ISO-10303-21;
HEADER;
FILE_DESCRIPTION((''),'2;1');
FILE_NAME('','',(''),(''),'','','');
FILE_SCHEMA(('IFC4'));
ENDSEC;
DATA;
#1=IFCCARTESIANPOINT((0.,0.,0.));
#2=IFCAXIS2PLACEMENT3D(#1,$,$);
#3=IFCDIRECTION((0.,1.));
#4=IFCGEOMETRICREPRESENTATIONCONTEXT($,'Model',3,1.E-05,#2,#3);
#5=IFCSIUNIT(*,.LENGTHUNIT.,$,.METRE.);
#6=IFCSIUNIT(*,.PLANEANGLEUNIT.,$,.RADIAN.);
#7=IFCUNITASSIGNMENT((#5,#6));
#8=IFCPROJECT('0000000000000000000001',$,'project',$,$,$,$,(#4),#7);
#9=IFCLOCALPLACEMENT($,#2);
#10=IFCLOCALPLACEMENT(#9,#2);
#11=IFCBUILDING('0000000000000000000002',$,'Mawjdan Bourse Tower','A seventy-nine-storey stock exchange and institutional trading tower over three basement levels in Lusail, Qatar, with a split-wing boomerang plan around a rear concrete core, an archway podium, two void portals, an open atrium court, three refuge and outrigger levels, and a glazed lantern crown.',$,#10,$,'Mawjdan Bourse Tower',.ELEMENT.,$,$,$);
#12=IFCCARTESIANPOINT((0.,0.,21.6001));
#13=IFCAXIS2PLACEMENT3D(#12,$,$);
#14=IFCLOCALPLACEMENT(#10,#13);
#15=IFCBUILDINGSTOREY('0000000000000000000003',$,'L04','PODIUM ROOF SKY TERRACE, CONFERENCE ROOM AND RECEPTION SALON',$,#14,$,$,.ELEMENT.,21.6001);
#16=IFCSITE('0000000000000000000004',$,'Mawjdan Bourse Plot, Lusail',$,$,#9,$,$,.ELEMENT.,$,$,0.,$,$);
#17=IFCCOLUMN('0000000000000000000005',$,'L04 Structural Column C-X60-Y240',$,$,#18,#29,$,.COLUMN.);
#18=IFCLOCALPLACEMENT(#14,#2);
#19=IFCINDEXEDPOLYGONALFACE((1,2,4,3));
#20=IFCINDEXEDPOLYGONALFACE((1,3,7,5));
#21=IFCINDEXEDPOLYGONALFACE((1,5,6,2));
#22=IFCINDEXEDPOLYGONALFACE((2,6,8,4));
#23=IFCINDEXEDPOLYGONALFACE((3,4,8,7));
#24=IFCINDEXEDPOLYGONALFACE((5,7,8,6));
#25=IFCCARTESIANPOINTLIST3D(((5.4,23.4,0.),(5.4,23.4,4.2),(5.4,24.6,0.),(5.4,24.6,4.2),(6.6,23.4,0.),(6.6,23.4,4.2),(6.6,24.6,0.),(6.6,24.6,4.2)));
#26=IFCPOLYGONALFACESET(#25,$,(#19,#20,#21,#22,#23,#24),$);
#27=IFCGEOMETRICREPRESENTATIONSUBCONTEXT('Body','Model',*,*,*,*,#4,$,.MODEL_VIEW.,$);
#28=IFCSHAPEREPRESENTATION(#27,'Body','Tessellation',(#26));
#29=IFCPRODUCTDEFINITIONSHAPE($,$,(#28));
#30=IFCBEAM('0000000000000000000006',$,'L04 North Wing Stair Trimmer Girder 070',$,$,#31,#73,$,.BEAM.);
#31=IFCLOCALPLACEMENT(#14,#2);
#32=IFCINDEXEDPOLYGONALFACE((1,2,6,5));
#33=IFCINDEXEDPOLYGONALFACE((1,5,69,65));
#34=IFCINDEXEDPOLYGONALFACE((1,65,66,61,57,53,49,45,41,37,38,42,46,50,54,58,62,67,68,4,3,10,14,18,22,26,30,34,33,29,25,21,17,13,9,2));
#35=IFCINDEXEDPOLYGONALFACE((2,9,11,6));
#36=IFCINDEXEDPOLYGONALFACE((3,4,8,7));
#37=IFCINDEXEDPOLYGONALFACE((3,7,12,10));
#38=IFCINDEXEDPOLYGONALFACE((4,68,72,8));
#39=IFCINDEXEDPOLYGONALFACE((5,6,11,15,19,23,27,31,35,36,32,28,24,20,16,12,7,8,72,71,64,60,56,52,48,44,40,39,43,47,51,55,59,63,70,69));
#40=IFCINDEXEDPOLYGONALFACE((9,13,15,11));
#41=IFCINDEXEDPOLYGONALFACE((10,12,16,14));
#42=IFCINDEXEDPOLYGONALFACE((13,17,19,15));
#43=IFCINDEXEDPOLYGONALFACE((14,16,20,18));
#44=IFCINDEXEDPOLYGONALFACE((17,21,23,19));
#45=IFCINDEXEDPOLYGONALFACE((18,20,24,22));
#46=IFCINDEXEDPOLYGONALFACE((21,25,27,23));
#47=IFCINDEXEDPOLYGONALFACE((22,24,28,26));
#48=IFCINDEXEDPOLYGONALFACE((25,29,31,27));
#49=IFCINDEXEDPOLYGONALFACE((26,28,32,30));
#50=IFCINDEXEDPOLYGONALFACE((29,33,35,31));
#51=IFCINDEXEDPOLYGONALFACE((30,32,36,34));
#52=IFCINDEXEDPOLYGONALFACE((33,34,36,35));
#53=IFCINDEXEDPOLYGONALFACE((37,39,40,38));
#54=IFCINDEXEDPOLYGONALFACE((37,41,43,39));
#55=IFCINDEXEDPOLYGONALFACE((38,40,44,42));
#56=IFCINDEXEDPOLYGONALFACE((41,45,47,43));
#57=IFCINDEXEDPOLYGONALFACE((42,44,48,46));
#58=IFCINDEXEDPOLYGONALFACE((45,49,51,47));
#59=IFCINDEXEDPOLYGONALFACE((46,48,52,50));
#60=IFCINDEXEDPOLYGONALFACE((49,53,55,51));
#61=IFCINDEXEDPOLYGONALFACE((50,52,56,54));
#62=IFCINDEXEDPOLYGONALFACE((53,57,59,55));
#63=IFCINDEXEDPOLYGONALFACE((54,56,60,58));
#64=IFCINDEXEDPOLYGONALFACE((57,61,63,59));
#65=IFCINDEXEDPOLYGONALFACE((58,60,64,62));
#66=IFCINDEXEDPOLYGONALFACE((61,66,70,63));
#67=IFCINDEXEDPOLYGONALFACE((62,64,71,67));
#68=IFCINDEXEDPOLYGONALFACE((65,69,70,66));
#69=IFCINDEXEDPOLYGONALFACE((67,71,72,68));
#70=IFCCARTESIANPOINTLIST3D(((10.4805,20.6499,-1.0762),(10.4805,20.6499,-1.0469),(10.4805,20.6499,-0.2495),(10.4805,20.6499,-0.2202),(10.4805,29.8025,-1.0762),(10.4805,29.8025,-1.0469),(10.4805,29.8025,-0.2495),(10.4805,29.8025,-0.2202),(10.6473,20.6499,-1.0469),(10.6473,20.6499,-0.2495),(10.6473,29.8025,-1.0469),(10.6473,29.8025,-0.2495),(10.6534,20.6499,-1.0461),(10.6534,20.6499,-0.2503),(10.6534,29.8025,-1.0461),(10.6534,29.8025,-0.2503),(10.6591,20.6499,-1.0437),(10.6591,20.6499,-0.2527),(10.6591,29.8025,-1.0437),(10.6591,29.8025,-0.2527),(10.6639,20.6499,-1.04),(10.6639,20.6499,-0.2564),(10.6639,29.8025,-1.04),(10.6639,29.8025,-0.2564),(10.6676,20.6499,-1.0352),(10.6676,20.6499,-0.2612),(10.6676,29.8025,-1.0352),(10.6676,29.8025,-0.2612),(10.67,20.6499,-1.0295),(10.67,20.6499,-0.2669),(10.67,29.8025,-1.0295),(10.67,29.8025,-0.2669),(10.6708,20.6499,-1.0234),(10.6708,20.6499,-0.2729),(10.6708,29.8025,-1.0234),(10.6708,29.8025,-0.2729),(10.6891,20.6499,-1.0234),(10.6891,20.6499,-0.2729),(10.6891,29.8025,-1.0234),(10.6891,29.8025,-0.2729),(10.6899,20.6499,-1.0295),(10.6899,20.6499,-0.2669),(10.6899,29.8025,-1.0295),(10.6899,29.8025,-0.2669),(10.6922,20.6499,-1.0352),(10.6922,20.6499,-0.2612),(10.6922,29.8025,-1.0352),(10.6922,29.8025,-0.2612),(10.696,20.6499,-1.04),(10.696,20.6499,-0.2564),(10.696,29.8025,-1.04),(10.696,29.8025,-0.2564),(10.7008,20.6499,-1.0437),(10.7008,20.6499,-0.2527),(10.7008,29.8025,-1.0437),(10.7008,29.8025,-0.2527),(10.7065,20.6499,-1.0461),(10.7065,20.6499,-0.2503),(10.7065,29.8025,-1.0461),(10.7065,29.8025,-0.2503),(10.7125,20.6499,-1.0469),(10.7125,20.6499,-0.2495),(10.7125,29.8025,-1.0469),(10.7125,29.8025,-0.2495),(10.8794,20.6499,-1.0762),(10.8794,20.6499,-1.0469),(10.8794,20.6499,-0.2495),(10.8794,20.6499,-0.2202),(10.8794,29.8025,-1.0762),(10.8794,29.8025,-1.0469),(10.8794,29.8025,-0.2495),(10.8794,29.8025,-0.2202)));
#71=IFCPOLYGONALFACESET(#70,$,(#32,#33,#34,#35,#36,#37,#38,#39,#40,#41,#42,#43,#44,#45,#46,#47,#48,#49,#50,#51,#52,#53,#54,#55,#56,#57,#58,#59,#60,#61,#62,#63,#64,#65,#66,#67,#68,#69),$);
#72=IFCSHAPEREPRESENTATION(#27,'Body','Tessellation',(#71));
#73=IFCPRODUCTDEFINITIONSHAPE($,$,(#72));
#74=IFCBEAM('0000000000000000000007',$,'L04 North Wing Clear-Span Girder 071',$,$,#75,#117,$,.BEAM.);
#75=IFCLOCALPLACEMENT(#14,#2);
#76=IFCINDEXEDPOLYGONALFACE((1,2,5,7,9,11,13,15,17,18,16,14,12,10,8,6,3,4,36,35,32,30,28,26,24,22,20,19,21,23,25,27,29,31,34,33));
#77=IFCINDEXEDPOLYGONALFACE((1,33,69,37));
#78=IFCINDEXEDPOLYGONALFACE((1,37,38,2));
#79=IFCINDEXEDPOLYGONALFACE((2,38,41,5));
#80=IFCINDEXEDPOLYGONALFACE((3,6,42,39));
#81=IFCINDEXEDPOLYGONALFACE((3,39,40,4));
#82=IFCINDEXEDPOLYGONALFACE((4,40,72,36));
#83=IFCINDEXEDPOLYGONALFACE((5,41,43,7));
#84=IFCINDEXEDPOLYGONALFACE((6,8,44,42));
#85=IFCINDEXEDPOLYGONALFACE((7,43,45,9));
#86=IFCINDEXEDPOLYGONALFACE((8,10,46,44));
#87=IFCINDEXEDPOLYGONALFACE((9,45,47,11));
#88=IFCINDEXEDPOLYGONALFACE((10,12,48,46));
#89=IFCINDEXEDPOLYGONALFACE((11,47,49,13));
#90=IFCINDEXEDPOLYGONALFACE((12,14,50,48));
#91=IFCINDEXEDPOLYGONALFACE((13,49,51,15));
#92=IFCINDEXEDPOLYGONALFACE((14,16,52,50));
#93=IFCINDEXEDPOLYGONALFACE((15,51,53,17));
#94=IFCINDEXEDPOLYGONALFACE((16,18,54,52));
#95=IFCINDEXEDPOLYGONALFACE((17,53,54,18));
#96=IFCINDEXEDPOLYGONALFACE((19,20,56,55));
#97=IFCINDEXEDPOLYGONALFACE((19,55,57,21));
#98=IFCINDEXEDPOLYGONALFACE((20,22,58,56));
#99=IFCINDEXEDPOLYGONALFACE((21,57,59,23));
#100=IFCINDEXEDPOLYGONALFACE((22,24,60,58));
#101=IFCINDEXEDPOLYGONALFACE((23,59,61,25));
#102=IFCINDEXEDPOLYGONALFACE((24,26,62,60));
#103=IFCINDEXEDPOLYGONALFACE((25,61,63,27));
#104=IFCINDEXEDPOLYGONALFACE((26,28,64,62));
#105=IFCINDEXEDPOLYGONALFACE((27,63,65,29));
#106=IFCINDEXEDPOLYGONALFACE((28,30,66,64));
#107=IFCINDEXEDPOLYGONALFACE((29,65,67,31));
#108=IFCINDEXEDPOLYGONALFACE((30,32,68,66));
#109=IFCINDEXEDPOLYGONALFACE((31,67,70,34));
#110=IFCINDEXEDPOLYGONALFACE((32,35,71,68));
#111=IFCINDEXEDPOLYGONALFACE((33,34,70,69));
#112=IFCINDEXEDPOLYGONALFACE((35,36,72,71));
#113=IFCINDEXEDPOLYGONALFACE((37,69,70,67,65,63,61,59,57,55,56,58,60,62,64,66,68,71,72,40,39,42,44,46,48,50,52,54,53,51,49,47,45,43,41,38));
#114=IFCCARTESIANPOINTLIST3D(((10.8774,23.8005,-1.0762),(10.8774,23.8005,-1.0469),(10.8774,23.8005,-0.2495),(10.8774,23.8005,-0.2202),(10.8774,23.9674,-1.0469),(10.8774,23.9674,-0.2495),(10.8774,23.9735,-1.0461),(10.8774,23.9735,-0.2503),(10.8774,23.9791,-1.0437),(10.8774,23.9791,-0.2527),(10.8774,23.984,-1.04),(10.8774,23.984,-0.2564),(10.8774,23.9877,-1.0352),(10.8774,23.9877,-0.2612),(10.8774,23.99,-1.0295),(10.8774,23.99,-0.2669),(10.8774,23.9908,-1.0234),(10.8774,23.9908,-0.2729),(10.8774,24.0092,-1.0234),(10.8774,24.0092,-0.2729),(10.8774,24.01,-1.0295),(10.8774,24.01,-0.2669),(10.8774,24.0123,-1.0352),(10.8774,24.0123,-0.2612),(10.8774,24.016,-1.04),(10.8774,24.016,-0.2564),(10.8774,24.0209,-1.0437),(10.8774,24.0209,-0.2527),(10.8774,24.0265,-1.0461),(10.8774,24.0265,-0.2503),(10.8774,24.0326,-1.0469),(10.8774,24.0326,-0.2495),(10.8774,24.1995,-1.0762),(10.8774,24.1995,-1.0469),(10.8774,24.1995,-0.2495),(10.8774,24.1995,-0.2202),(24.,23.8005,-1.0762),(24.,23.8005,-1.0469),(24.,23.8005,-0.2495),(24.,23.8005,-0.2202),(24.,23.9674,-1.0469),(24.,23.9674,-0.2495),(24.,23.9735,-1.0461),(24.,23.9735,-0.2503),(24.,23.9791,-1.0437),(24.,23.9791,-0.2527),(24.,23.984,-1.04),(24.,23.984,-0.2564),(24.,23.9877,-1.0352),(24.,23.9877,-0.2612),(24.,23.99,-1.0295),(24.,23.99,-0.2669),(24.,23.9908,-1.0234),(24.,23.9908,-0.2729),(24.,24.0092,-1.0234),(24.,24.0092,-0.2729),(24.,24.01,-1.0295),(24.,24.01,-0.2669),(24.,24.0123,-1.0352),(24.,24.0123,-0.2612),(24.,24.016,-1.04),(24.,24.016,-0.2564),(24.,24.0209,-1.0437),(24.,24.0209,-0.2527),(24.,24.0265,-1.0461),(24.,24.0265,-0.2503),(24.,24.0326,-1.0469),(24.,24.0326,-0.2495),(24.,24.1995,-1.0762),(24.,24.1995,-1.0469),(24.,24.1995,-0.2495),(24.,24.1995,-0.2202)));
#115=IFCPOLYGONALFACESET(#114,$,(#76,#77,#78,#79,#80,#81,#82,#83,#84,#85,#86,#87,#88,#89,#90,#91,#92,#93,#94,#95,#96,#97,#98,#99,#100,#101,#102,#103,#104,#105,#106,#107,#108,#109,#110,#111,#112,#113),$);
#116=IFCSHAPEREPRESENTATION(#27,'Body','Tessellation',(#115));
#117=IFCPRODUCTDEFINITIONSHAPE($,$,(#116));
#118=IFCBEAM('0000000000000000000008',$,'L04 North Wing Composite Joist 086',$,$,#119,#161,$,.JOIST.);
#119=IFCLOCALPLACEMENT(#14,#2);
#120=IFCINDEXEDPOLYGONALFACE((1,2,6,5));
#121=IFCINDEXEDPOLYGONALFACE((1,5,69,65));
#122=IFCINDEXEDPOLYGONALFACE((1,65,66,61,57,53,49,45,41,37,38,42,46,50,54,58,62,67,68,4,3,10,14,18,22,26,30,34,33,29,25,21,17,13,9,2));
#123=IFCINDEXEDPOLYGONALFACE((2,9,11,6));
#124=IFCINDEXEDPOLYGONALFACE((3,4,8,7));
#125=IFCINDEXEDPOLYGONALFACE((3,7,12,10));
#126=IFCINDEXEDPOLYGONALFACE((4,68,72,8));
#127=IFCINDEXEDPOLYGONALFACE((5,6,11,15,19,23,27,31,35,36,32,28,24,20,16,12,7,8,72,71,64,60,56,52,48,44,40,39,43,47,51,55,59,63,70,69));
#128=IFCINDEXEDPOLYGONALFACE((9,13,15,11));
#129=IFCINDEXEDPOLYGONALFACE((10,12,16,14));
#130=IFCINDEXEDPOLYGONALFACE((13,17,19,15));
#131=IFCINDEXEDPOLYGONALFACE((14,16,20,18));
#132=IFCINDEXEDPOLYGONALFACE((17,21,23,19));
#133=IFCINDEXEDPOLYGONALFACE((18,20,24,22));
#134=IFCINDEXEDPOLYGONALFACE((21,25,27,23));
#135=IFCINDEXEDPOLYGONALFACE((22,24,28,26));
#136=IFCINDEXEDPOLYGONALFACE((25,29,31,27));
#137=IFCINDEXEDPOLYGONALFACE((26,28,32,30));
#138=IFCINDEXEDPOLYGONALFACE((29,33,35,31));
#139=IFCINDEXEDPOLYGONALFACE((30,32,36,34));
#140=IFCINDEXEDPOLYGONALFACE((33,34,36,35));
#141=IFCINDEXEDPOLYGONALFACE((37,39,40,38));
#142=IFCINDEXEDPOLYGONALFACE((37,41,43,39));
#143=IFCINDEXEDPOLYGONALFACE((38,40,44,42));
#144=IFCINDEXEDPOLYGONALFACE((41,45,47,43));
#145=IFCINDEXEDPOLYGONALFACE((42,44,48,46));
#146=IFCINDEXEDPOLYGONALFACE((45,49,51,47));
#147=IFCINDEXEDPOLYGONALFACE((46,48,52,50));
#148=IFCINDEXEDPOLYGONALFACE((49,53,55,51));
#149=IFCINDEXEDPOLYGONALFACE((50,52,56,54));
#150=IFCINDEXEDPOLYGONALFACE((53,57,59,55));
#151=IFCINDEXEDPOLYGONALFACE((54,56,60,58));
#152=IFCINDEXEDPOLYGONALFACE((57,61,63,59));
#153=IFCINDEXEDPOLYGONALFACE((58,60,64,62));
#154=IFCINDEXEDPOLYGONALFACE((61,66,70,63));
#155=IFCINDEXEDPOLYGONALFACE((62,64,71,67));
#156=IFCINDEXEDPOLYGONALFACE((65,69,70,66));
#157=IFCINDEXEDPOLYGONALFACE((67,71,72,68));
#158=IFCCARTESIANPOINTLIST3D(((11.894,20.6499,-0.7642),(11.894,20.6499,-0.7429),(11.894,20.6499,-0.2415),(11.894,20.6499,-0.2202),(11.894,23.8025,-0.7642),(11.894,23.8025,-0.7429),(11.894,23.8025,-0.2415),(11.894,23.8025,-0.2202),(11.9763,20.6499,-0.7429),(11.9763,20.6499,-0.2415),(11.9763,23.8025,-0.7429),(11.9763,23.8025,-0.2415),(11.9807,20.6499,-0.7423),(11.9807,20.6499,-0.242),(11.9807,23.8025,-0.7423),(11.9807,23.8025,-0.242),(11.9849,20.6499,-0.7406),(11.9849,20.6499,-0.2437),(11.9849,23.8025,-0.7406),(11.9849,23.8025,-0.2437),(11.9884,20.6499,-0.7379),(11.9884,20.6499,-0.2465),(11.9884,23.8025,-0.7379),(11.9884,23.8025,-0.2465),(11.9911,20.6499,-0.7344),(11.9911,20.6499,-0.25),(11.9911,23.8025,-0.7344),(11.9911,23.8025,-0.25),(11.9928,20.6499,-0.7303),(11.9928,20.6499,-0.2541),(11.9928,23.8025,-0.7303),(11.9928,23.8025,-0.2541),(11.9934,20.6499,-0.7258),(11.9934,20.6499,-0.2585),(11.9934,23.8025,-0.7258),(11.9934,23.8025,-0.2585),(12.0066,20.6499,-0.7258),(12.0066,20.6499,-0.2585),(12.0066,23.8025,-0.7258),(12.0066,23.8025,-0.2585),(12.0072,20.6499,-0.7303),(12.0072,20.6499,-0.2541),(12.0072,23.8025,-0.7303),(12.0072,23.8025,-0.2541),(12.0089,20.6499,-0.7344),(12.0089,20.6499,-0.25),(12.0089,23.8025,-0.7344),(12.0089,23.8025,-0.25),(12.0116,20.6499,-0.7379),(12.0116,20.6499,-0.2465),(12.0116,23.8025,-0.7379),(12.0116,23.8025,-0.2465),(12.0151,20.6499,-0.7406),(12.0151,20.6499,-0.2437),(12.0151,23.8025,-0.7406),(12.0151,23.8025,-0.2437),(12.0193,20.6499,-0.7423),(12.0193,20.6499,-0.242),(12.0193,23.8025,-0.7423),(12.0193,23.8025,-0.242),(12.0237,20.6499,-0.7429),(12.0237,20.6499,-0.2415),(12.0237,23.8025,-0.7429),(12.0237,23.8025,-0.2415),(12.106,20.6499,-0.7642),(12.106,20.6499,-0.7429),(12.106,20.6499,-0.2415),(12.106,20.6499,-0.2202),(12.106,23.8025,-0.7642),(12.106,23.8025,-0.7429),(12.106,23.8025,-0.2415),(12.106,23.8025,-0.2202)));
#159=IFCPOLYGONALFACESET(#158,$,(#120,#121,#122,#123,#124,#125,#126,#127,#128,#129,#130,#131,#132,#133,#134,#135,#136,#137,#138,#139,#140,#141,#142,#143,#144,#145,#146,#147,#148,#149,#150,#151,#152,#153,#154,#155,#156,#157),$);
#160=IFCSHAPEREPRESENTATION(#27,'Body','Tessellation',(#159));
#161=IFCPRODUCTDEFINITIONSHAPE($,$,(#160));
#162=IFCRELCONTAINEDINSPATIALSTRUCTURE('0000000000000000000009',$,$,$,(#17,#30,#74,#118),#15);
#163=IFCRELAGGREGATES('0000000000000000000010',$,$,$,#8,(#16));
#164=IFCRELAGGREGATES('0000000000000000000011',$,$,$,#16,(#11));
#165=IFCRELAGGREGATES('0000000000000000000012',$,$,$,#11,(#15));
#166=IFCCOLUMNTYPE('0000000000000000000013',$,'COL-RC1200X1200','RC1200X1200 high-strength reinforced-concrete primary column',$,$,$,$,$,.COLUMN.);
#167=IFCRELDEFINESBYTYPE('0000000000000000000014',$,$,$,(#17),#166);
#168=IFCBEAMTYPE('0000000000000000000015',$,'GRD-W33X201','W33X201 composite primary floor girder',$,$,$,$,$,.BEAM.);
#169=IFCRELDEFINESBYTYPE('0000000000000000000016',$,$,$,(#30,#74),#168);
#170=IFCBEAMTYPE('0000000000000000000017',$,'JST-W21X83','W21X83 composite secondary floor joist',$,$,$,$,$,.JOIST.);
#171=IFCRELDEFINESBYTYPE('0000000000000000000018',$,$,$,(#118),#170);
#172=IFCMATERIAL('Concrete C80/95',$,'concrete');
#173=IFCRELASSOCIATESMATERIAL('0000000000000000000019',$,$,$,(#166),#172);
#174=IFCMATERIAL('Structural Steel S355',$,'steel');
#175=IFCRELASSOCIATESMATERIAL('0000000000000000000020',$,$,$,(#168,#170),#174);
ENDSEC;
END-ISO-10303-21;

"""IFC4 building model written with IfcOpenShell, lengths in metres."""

from ifc_helpers import new_model, si_unit, direction, frame, origin, origin_2d, place, context, subcontext, project, spatial, rectangle, i_section, extrude, material, material_profile, profile_set, type_object, element, save


model = new_model("IFC4")

# Units and contexts
model_context = context("Model", 3, precision=1e-05, world=origin(), true_north=direction((0.0, 1.0)))
body_context = subcontext(model_context, "Body", "Model", "MODEL_VIEW")
ifc_project = project(units=[si_unit("LENGTHUNIT", "METRE"), si_unit("PLANEANGLEUNIT", "RADIAN")], contexts=[model_context])

# Site, building, storey
site_placement = place(None, origin())
site = spatial("IfcSite", under=ifc_project, at=site_placement, Name="Mawjdan Bourse Plot, Lusail", CompositionType="ELEMENT", RefElevation=0.0)
building_placement = place(site_placement, origin())
building = spatial("IfcBuilding", under=site, at=building_placement, Name="Mawjdan Bourse Tower", Description="A seventy-nine-storey stock exchange and institutional trading tower over three basement levels in Lusail, Qatar, with a split-wing boomerang plan around a rear concrete core, an archway podium, two void portals, an open atrium court, three refuge and outrigger levels, and a glazed lantern crown.", LongName="Mawjdan Bourse Tower", CompositionType="ELEMENT")
storey_placement = place(building_placement, frame((0.0, 0.0, 21.6001)))
storey = spatial("IfcBuildingStorey", under=building, at=storey_placement, Name="L04", Description="PODIUM ROOF SKY TERRACE, CONFERENCE ROOM AND RECEPTION SALON", CompositionType="ELEMENT", Elevation=21.6001)

# Column
ifc_material_1 = material(Name="Concrete C80/95", Category="concrete")
ifc_material_profile_1 = material_profile(ifc_material_1, rectangle(XDim=1.2, YDim=1.2, at=origin_2d()), Name="RC1200X1200")
ifc_profile_set_1 = profile_set([ifc_material_profile_1], Name="Concrete C80/95")
column_type = type_object("IfcColumnType", Name="COL-RC1200X1200", Description="RC1200X1200 high-strength reinforced-concrete primary column", PredefinedType="COLUMN", material=ifc_profile_set_1)
column_placement = place(storey_placement, frame((6.0, 24.0, 0.0), z_axis=(0.0, 0.0, 1.0), x_axis=(1.0, 0.0, 0.0)))
element("IfcColumn", 1, at=column_placement, inside=storey, type_object=column_type, Name="L04 Structural Column C-X60-Y240", PredefinedType="COLUMN", context=body_context, shape_type="SweptSolid", body=[
    extrude(rectangle(XDim=1.2, YDim=1.2, at=origin_2d()), origin(), (0.0, 0.0, 1.0), 4.2),
])

# Beams
ifc_material_2 = material(Name="Structural Steel S355", Category="steel")
ifc_material_profile_2 = material_profile(ifc_material_2, i_section(OverallWidth=0.3989, OverallDepth=0.856, WebThickness=0.0183, FlangeThickness=0.0293, FilletRadius=0.0234, at=origin_2d()), Name="W33X201")
ifc_profile_set_2 = profile_set([ifc_material_profile_2], Name="Structural Steel S355")
beam_type_1 = type_object("IfcBeamType", Name="GRD-W33X201", Description="W33X201 composite primary floor girder", PredefinedType="BEAM", material=ifc_profile_set_2)
beam_1_placement = place(storey_placement, frame((10.6799, 20.6499, -0.6482), z_axis=(0.0, 1.0, 0.0), x_axis=(-1.0, 0.0, 0.0)))
element("IfcBeam", 2, at=beam_1_placement, inside=storey, type_object=beam_type_1, Name="L04 North Wing Stair Trimmer Girder 070", PredefinedType="BEAM", context=body_context, shape_type="SweptSolid", body=[
    extrude(i_section(OverallWidth=0.3989, OverallDepth=0.856, WebThickness=0.0183, FlangeThickness=0.0293, FilletRadius=0.0234, at=origin_2d()), origin(), (0.0, 0.0, 1.0), 9.1526),
])
beam_2_placement = place(storey_placement, frame((10.8774, 24.0, -0.6482), z_axis=(1.0, 0.0, 0.0), x_axis=(0.0, 1.0, 0.0)))
element("IfcBeam", 3, at=beam_2_placement, inside=storey, type_object=beam_type_1, Name="L04 North Wing Clear-Span Girder 071", PredefinedType="BEAM", context=body_context, shape_type="SweptSolid", body=[
    extrude(i_section(OverallWidth=0.3989, OverallDepth=0.856, WebThickness=0.0183, FlangeThickness=0.0293, FilletRadius=0.0234, at=origin_2d()), origin(), (0.0, 0.0, 1.0), 13.1226),
])
ifc_material_profile_3 = material_profile(ifc_material_2, i_section(OverallWidth=0.2119, OverallDepth=0.5439, WebThickness=0.0132, FlangeThickness=0.0212, FilletRadius=0.0171, at=origin_2d()), Name="W21X83")
ifc_profile_set_3 = profile_set([ifc_material_profile_3], Name="Structural Steel S355")
beam_type_2 = type_object("IfcBeamType", Name="JST-W21X83", Description="W21X83 composite secondary floor joist", PredefinedType="JOIST", material=ifc_profile_set_3)
beam_3_placement = place(storey_placement, frame((12.0, 20.6499, -0.4922), z_axis=(0.0, 1.0, 0.0), x_axis=(-1.0, 0.0, 0.0)))
element("IfcBeam", 4, at=beam_3_placement, inside=storey, type_object=beam_type_2, Name="L04 North Wing Composite Joist 086", PredefinedType="JOIST", context=body_context, shape_type="SweptSolid", body=[
    extrude(i_section(OverallWidth=0.2119, OverallDepth=0.5439, WebThickness=0.0132, FlangeThickness=0.0212, FilletRadius=0.0171, at=origin_2d()), origin(), (0.0, 0.0, 1.0), 3.1526),
])

save(model, "model.ifc")
